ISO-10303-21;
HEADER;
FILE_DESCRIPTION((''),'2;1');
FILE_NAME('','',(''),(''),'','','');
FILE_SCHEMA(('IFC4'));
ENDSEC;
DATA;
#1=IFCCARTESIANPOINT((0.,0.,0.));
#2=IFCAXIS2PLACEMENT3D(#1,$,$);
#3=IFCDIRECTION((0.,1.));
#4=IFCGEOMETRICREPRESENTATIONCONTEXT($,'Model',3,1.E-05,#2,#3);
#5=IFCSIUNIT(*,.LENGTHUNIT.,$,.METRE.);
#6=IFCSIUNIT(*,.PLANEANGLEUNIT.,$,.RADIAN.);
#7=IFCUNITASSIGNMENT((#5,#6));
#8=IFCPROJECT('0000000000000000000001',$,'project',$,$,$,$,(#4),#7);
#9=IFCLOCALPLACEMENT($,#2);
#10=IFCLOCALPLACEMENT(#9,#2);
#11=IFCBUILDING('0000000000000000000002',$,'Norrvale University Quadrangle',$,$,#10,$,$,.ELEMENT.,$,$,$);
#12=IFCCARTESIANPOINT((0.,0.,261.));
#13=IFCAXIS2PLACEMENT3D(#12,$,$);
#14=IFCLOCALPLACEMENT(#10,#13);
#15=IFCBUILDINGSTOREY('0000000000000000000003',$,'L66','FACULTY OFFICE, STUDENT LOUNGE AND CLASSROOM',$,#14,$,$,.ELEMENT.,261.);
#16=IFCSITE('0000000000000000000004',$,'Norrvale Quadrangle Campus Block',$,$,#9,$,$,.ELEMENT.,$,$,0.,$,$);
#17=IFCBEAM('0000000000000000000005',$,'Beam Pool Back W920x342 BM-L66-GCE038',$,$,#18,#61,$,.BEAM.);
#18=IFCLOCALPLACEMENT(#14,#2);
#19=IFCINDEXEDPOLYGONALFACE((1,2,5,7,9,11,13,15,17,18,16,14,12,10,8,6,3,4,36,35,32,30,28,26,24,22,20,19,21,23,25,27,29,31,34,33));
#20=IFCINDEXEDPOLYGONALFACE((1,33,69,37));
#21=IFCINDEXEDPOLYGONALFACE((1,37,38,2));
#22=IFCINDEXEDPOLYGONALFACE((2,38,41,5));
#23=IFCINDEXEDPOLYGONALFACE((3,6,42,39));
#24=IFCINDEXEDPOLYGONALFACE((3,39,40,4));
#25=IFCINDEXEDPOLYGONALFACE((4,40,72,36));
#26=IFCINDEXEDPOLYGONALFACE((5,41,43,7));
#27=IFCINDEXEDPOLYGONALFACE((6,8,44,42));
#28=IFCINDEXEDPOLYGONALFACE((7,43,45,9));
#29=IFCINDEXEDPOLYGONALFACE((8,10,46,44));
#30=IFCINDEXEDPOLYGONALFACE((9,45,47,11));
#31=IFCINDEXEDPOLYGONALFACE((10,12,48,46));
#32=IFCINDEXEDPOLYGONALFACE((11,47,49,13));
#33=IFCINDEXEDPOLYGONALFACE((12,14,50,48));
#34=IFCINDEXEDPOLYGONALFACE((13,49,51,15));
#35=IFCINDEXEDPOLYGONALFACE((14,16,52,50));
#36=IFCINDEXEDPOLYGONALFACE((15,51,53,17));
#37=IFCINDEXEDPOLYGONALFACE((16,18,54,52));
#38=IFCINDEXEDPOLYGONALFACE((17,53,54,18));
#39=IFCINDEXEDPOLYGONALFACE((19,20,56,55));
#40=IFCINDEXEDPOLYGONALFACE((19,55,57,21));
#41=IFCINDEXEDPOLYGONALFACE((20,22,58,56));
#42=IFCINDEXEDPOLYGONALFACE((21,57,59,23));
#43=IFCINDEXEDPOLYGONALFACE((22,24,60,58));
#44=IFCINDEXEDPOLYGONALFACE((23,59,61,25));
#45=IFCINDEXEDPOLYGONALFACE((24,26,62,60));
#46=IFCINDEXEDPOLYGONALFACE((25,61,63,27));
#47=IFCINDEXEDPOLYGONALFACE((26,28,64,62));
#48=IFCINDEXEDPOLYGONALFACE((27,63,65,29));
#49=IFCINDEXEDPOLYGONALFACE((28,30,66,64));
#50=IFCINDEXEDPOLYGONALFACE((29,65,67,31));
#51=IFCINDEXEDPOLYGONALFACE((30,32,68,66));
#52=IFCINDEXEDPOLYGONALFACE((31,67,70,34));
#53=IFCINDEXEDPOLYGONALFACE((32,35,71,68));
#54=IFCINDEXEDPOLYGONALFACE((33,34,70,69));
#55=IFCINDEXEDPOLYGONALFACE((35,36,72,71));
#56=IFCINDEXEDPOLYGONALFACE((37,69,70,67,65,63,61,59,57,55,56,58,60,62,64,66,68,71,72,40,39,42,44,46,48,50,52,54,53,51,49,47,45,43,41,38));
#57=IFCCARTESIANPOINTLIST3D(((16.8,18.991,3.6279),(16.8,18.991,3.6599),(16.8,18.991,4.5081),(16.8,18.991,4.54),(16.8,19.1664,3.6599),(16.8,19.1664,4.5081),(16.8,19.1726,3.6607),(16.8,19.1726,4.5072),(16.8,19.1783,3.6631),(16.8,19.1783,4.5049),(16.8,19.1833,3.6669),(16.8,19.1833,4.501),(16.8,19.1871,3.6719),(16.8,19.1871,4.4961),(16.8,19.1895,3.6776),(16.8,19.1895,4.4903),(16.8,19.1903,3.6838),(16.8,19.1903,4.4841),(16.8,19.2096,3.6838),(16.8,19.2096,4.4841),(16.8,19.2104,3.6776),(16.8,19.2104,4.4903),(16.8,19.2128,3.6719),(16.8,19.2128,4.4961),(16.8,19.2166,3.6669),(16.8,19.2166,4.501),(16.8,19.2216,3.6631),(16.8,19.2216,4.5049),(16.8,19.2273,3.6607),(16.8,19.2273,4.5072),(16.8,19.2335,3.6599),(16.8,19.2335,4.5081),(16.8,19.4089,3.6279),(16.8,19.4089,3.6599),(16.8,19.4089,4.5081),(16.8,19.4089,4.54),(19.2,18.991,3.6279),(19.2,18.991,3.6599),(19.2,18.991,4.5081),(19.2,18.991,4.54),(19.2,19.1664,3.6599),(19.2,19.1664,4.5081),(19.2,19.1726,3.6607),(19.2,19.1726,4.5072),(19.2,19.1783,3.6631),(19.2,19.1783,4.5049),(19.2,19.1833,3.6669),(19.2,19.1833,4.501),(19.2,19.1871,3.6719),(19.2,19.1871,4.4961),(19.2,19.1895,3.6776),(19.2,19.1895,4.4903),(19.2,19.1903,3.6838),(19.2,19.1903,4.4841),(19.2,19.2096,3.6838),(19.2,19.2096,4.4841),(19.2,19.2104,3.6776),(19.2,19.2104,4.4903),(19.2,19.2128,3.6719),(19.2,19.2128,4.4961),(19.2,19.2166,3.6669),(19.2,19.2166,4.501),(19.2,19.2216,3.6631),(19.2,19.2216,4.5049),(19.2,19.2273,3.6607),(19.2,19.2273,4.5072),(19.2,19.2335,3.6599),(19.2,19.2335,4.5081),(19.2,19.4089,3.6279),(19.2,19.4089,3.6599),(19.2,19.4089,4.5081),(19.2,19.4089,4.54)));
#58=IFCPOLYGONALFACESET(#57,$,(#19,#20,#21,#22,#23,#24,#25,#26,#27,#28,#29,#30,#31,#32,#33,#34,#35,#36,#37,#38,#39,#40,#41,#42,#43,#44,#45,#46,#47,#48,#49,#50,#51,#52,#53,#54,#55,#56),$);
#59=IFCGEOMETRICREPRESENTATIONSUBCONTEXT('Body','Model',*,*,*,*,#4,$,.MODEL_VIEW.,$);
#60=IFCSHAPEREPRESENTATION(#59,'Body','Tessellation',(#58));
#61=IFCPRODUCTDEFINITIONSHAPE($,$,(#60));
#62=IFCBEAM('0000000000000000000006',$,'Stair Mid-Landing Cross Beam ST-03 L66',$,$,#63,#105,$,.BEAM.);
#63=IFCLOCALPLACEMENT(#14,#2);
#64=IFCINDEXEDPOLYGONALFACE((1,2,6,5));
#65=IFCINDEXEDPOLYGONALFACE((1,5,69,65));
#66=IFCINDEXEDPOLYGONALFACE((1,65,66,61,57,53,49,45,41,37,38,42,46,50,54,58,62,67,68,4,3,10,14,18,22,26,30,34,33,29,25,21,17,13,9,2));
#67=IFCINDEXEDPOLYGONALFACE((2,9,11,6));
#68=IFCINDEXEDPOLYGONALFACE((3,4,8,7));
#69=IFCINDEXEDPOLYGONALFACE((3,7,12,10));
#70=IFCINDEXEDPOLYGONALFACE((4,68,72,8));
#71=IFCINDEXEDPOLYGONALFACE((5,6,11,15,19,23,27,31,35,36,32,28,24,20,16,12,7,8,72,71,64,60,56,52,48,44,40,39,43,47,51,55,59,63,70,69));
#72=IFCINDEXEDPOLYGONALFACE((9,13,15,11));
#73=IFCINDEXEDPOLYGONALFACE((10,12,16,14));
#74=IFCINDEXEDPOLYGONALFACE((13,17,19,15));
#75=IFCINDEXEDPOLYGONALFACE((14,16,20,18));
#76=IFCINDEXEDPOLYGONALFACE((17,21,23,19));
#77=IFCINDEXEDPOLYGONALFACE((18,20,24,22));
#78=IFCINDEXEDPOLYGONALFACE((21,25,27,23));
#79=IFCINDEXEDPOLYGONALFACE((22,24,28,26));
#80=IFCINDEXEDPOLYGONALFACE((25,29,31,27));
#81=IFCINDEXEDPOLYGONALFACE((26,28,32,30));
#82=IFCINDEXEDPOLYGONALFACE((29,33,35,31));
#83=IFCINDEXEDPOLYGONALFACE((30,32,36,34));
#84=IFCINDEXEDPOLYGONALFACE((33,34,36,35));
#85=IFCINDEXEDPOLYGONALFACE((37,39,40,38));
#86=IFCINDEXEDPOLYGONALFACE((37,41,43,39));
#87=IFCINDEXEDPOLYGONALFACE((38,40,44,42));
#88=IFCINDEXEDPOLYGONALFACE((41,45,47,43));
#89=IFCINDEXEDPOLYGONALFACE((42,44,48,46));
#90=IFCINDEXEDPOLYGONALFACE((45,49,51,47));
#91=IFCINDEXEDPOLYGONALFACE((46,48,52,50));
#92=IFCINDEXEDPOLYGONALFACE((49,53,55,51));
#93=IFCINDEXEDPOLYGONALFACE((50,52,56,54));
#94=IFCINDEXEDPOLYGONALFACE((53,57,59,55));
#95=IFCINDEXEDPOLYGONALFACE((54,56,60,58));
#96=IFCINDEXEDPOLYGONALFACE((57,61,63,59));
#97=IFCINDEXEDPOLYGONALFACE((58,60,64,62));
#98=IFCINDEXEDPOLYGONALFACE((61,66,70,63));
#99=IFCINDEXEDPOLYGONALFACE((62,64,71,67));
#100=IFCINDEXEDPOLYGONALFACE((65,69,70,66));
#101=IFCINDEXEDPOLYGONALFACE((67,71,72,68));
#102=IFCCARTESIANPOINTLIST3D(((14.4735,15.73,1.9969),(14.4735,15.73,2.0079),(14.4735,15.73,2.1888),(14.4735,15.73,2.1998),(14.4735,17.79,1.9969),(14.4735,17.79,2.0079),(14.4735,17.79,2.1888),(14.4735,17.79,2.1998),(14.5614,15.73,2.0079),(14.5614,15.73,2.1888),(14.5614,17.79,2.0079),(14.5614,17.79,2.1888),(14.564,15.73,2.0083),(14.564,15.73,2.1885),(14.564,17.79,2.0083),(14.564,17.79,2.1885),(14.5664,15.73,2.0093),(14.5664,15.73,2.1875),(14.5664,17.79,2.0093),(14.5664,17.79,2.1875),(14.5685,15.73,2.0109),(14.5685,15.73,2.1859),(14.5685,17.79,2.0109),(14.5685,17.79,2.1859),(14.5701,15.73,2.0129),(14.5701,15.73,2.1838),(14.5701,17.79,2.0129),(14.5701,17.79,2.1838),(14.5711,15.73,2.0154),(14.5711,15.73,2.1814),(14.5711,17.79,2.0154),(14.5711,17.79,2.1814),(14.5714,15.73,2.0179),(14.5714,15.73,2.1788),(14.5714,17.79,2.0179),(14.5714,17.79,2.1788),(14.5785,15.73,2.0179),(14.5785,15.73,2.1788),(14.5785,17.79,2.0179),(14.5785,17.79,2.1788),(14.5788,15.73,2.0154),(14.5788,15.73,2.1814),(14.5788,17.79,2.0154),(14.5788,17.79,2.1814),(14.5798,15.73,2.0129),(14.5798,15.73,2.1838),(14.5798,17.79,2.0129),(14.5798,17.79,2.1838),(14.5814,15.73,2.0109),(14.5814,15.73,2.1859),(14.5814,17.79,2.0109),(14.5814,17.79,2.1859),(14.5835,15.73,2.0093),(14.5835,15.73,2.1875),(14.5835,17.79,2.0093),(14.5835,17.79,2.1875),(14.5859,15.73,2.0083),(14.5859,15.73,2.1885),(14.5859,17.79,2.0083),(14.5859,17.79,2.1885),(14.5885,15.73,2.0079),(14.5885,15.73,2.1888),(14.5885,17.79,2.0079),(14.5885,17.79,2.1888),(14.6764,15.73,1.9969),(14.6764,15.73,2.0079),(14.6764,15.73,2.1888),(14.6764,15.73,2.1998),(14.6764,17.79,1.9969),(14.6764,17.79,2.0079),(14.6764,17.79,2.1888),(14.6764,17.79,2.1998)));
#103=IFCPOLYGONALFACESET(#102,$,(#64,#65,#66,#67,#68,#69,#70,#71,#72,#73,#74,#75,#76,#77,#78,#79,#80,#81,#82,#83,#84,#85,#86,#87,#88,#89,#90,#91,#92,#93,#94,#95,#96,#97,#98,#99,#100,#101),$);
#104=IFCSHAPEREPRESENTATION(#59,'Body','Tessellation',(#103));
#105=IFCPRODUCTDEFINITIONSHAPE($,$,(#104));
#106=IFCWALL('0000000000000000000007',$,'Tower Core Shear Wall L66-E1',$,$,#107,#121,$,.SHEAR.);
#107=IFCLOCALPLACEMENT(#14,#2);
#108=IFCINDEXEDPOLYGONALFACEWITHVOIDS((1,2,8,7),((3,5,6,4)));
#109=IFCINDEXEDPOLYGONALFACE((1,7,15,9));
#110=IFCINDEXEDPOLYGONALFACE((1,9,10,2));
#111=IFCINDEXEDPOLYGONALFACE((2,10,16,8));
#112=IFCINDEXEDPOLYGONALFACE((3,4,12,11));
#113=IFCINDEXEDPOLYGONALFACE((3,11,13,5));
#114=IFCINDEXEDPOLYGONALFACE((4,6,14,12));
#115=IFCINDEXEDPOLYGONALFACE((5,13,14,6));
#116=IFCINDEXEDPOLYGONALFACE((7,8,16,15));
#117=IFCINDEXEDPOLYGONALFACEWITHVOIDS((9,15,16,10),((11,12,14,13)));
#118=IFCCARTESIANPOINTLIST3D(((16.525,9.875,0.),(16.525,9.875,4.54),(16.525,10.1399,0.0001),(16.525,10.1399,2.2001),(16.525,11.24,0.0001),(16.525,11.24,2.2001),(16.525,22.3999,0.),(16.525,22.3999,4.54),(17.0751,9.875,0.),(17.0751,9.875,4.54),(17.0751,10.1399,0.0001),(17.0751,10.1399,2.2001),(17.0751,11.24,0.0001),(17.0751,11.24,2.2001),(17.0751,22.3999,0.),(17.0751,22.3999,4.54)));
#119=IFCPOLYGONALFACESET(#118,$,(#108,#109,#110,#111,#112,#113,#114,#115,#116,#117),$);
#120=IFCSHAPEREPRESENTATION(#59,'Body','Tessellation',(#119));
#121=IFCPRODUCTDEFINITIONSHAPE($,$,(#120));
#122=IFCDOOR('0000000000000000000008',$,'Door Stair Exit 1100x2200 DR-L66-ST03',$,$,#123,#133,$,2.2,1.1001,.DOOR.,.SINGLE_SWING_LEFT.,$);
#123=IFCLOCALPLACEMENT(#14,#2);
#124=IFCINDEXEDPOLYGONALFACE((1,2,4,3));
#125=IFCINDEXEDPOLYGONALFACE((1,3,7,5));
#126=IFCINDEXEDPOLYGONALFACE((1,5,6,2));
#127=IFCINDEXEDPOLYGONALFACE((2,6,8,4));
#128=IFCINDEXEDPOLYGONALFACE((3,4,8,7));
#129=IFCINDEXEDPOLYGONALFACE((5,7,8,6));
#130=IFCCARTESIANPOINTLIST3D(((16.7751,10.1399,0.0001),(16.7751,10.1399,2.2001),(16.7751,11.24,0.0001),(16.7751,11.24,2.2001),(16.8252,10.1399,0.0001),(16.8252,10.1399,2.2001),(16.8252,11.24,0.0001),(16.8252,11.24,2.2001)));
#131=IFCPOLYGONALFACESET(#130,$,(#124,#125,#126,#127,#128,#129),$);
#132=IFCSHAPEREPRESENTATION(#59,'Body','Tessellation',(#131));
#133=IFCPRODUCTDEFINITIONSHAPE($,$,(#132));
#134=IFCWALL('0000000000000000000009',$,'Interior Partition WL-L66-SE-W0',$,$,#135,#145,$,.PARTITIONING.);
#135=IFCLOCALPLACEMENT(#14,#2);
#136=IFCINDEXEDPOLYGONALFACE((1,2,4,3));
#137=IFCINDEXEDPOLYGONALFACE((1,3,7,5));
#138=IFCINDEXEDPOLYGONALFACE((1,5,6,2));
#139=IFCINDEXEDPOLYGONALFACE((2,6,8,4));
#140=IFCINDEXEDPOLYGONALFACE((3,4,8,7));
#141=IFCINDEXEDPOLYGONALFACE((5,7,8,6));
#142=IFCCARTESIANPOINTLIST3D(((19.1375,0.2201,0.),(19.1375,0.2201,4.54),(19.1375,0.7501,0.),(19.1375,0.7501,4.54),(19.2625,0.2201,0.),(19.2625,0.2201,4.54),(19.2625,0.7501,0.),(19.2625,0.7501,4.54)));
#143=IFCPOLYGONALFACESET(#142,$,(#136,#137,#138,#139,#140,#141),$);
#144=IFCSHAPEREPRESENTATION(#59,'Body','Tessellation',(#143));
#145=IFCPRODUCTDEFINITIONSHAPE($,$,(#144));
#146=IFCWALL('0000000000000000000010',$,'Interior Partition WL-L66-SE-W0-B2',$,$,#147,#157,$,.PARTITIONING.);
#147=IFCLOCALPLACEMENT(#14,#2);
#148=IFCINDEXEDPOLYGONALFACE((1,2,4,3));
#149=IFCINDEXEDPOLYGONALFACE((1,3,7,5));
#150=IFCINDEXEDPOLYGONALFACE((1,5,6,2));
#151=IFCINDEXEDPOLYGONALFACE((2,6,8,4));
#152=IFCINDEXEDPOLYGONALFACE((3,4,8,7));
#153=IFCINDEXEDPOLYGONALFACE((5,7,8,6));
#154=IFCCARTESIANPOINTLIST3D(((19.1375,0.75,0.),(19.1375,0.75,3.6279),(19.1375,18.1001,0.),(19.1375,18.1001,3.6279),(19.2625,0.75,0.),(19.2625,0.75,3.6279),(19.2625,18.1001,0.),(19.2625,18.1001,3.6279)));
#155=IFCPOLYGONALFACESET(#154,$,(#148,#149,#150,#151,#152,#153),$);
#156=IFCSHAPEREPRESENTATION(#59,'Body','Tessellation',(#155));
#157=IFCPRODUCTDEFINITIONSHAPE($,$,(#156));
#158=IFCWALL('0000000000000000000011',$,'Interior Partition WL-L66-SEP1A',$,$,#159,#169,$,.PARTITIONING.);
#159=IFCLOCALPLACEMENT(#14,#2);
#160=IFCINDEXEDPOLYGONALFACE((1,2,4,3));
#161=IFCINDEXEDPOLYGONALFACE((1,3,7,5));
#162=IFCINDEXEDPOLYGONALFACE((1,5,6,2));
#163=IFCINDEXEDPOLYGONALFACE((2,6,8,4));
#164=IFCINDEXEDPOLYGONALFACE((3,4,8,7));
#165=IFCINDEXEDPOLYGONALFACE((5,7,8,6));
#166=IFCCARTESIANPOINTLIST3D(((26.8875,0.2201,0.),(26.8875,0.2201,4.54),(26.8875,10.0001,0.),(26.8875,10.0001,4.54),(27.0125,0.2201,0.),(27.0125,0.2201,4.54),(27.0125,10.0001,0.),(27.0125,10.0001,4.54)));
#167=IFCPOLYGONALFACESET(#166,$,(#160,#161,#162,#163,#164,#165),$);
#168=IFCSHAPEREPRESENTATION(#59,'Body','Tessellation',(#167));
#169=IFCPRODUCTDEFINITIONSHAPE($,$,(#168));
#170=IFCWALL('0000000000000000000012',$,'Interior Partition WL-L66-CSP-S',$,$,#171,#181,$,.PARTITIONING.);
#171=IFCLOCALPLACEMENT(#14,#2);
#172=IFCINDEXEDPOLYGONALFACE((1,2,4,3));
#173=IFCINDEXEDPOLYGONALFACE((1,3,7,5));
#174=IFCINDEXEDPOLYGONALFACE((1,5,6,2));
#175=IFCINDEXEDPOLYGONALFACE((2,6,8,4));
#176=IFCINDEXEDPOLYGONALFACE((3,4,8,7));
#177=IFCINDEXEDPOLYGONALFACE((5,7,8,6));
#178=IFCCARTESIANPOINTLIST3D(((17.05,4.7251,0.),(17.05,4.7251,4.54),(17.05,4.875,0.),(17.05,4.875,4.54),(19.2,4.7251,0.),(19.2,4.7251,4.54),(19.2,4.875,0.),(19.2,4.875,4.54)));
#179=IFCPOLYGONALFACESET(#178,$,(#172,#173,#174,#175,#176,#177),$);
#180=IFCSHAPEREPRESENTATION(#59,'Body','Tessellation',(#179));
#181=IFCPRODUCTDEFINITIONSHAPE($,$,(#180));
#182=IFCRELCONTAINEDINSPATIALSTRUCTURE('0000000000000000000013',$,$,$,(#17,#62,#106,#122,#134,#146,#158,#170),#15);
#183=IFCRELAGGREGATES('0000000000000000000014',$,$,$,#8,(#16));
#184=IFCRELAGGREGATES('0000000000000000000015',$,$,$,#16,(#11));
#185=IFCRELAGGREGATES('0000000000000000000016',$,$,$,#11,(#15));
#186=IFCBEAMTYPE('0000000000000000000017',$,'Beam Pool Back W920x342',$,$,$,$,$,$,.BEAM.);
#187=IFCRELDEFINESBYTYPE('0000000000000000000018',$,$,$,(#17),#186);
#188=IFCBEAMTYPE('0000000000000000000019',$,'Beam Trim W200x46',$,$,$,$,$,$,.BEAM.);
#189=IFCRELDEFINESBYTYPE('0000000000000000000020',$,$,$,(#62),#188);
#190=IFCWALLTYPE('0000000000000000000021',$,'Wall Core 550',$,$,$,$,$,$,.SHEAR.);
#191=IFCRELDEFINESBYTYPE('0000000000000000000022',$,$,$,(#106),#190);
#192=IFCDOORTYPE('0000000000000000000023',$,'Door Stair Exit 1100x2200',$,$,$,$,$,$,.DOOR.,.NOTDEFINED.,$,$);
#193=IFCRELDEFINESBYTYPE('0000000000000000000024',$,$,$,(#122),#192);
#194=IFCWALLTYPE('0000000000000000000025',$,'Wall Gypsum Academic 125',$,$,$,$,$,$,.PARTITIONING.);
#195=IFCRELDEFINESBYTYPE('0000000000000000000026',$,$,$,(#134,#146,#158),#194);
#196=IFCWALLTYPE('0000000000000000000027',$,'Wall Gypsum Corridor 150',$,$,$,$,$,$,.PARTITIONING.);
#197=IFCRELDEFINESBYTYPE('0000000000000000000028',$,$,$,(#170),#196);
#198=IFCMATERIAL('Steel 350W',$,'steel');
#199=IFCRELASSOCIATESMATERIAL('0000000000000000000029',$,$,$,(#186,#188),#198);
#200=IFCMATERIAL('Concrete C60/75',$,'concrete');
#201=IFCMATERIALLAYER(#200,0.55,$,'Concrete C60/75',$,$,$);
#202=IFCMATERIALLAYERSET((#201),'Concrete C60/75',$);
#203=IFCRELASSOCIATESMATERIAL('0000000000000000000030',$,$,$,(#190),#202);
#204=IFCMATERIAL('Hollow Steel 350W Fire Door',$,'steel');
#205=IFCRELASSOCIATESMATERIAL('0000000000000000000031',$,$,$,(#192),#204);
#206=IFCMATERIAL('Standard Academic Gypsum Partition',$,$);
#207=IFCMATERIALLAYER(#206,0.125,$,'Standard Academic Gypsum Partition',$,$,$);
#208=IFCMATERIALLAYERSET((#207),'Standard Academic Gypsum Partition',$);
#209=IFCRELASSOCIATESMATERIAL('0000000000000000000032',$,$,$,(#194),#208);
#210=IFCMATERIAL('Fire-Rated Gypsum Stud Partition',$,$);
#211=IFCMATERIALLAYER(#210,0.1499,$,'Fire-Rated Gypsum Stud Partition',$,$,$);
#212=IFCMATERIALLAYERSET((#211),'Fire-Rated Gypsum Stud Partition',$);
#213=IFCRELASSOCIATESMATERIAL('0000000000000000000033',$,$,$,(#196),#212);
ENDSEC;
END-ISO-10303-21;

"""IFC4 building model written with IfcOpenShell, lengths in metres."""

from ifc_helpers import new_model, si_unit, direction, frame, frame_2d, origin, origin_2d, place, context, subcontext, project, spatial, rectangle, i_section, extrude, material, layer, layer_set, material_profile, profile_set, type_object, element, fill, save


model = new_model("IFC4")

# Units and contexts
model_context = context("Model", 3, precision=1e-05, world=origin(), true_north=direction((0.0, 1.0)))
body_context = subcontext(model_context, "Body", "Model", "MODEL_VIEW")
ifc_project = project(units=[si_unit("LENGTHUNIT", "METRE"), si_unit("PLANEANGLEUNIT", "RADIAN")], contexts=[model_context])

# Site, building, storey
site_placement = place(None, origin())
site = spatial("IfcSite", under=ifc_project, at=site_placement, Name="Norrvale Quadrangle Campus Block", CompositionType="ELEMENT", RefElevation=0.0)
building_placement = place(site_placement, origin())
building = spatial("IfcBuilding", under=site, at=building_placement, Name="Norrvale University Quadrangle", CompositionType="ELEMENT")
storey_placement = place(building_placement, frame((0.0, 0.0, 261.0)))
storey = spatial("IfcBuildingStorey", under=building, at=storey_placement, Name="L66", Description="FACULTY OFFICE, STUDENT LOUNGE AND CLASSROOM", CompositionType="ELEMENT", Elevation=261.0)

# Shared definitions
ifc_material_1 = material(Name="Concrete C60/75", Category="concrete")

# Beams
ifc_material_2 = material(Name="Steel 350W", Category="steel")
ifc_material_profile_1 = material_profile(ifc_material_2, i_section(OverallWidth=0.418, OverallDepth=0.9121, WebThickness=0.0193, FlangeThickness=0.032, FilletRadius=0.0239, at=origin_2d()), Name="Steel 350W")
ifc_profile_set_1 = profile_set([ifc_material_profile_1], Name="Steel 350W")
beam_type_1 = type_object("IfcBeamType", Name="Beam Pool Back W920x342", PredefinedType="BEAM", material=ifc_profile_set_1)
for number, where, z_axis, x_axis, name in (
    (1, (16.8, 19.2, 4.084), (1.0, 0.0, 0.0), (0.0, 1.0, 0.0), "Beam Pool Back W920x342 BM-L66-GCE038"),
):
    element("IfcBeam", number, at=place(storey_placement, frame(where, z_axis=z_axis, x_axis=x_axis)), inside=storey, type_object=beam_type_1, Name=name, PredefinedType="BEAM", context=body_context, shape_type="SweptSolid", body=[
        extrude(i_section(OverallWidth=0.418, OverallDepth=0.9121, WebThickness=0.0193, FlangeThickness=0.032, FilletRadius=0.0239, at=origin_2d()), origin(), (0.0, 0.0, 1.0), 2.3999),
    ])
ifc_material_profile_2 = material_profile(ifc_material_2, i_section(OverallWidth=0.2029, OverallDepth=0.2029, WebThickness=0.0071, FlangeThickness=0.011, FilletRadius=0.01, at=origin_2d()), Name="Steel 350W")
ifc_profile_set_2 = profile_set([ifc_material_profile_2], Name="Steel 350W")
beam_type_2 = type_object("IfcBeamType", Name="Beam Trim W200x46", PredefinedType="BEAM", material=ifc_profile_set_2)
beam_1_placement = place(storey_placement, frame((14.575, 15.73, 2.0984), z_axis=(0.0, 1.0, 0.0), x_axis=(-1.0, 0.0, 0.0)))
element("IfcBeam", 2, at=beam_1_placement, inside=storey, type_object=beam_type_2, Name="Stair Mid-Landing Cross Beam ST-03 L66", PredefinedType="BEAM", context=body_context, shape_type="SweptSolid", body=[
    extrude(i_section(OverallWidth=0.2029, OverallDepth=0.2029, WebThickness=0.0071, FlangeThickness=0.011, FilletRadius=0.01, at=origin_2d()), origin(), (0.0, 0.0, 1.0), 2.0601),
])

# Wall, opening, door
ifc_layer_1 = layer(ifc_material_1, 0.55, Name="Concrete C60/75")
ifc_layer_set_1 = layer_set([ifc_layer_1], Name="Concrete C60/75")
wall_type_1 = type_object("IfcWallType", Name="Wall Core 550", PredefinedType="SHEAR", material=ifc_layer_set_1)
wall_1_placement = place(storey_placement, frame((16.8, 9.875, 0.0), z_axis=(0.0, 0.0, 1.0), x_axis=(0.0, 1.0, 0.0)))
wall_1 = element("IfcWall", 3, at=wall_1_placement, inside=storey, type_object=wall_type_1, Name="Tower Core Shear Wall L66-E1", PredefinedType="SHEAR", context=body_context, shape_type="SweptSolid", body=[
    extrude(rectangle(XDim=12.5249, YDim=0.55, at=frame_2d((6.2625, 0.0))), origin(), (0.0, 0.0, 1.0), 4.54),
])
opening_1_placement = place(wall_1_placement, frame((0.2649, 0.0, 0.0)))
opening_1 = element("IfcOpeningElement", 4, at=opening_1_placement, cuts=wall_1, PredefinedType="OPENING", context=body_context, shape_type="SweptSolid", body=[
    extrude(rectangle(XDim=1.1001, YDim=2.2, at=frame_2d((0.55, 1.1001))), frame((0.0, 0.2871, 0.0), z_axis=(0.0, -1.0, 0.0), x_axis=(1.0, 0.0, 0.0)), (0.0, 0.0, 1.0), 0.574),
])
ifc_material_3 = material(Name="Hollow Steel 350W Fire Door", Category="steel")
door_type_1 = type_object("IfcDoorType", Name="Door Stair Exit 1100x2200", OperationType="NOTDEFINED", PredefinedType="DOOR", material=ifc_material_3)
door_1_placement = place(opening_1_placement, origin())
door_1 = element("IfcDoor", 5, at=door_1_placement, inside=storey, type_object=door_type_1, Name="Door Stair Exit 1100x2200 DR-L66-ST03", OperationType="SINGLE_SWING_LEFT", OverallHeight=2.2, OverallWidth=1.1001, PredefinedType="DOOR", context=body_context, shape_type="SweptSolid", body=[
    extrude(rectangle(XDim=1.1001, YDim=2.2, at=frame_2d((0.55, 1.1001))), frame((0.0, 0.0249, 0.0), z_axis=(0.0, -1.0, 0.0), x_axis=(1.0, 0.0, 0.0)), (0.0, 0.0, 1.0), 0.05),
])
fill(opening_1, door_1)

# Walls
ifc_material_4 = material(Name="Standard Academic Gypsum Partition")
ifc_layer_2 = layer(ifc_material_4, 0.125, Name="Standard Academic Gypsum Partition")
ifc_layer_set_2 = layer_set([ifc_layer_2], Name="Standard Academic Gypsum Partition")
wall_type_2 = type_object("IfcWallType", Name="Wall Gypsum Academic 125", PredefinedType="PARTITIONING", material=ifc_layer_set_2)
wall_2_placement = place(storey_placement, frame((19.2, 0.22, 0.0), z_axis=(0.0, 0.0, 1.0), x_axis=(0.0, 1.0, 0.0)))
element("IfcWall", 6, at=wall_2_placement, inside=storey, type_object=wall_type_2, Name="Interior Partition WL-L66-SE-W0", PredefinedType="PARTITIONING", context=body_context, shape_type="SweptSolid", body=[
    extrude(rectangle(XDim=0.53, YDim=0.125, at=frame_2d((0.2651, 0.0))), origin(), (0.0, 0.0, 1.0), 4.54),
])
wall_3_placement = place(storey_placement, frame((19.2, 0.75, 0.0), z_axis=(0.0, 0.0, 1.0), x_axis=(0.0, 1.0, 0.0)))
element("IfcWall", 7, at=wall_3_placement, inside=storey, type_object=wall_type_2, Name="Interior Partition WL-L66-SE-W0-B2", PredefinedType="PARTITIONING", context=body_context, shape_type="SweptSolid", body=[
    extrude(rectangle(XDim=17.3501, YDim=0.125, at=frame_2d((8.675, 0.0))), origin(), (0.0, 0.0, 1.0), 3.6279),
])
wall_4_placement = place(storey_placement, frame((26.95, 0.22, 0.0), z_axis=(0.0, 0.0, 1.0), x_axis=(0.0, 1.0, 0.0)))
element("IfcWall", 8, at=wall_4_placement, inside=storey, type_object=wall_type_2, Name="Interior Partition WL-L66-SEP1A", PredefinedType="PARTITIONING", context=body_context, shape_type="SweptSolid", body=[
    extrude(rectangle(XDim=9.78, YDim=0.125, at=frame_2d((4.8901, 0.0))), origin(), (0.0, 0.0, 1.0), 4.54),
])
ifc_material_5 = material(Name="Fire-Rated Gypsum Stud Partition")
ifc_layer_3 = layer(ifc_material_5, 0.1499, Name="Fire-Rated Gypsum Stud Partition")
ifc_layer_set_3 = layer_set([ifc_layer_3], Name="Fire-Rated Gypsum Stud Partition")
wall_type_3 = type_object("IfcWallType", Name="Wall Gypsum Corridor 150", PredefinedType="PARTITIONING", material=ifc_layer_set_3)
wall_5_placement = place(storey_placement, frame((17.05, 4.8, 0.0), z_axis=(0.0, 0.0, 1.0), x_axis=(1.0, 0.0, 0.0)))
element("IfcWall", 9, at=wall_5_placement, inside=storey, type_object=wall_type_3, Name="Interior Partition WL-L66-CSP-S", PredefinedType="PARTITIONING", context=body_context, shape_type="SweptSolid", body=[
    extrude(rectangle(XDim=2.1499, YDim=0.1499, at=frame_2d((1.075, 0.0))), origin(), (0.0, 0.0, 1.0), 4.54),
])

save(model, "model.ifc")
